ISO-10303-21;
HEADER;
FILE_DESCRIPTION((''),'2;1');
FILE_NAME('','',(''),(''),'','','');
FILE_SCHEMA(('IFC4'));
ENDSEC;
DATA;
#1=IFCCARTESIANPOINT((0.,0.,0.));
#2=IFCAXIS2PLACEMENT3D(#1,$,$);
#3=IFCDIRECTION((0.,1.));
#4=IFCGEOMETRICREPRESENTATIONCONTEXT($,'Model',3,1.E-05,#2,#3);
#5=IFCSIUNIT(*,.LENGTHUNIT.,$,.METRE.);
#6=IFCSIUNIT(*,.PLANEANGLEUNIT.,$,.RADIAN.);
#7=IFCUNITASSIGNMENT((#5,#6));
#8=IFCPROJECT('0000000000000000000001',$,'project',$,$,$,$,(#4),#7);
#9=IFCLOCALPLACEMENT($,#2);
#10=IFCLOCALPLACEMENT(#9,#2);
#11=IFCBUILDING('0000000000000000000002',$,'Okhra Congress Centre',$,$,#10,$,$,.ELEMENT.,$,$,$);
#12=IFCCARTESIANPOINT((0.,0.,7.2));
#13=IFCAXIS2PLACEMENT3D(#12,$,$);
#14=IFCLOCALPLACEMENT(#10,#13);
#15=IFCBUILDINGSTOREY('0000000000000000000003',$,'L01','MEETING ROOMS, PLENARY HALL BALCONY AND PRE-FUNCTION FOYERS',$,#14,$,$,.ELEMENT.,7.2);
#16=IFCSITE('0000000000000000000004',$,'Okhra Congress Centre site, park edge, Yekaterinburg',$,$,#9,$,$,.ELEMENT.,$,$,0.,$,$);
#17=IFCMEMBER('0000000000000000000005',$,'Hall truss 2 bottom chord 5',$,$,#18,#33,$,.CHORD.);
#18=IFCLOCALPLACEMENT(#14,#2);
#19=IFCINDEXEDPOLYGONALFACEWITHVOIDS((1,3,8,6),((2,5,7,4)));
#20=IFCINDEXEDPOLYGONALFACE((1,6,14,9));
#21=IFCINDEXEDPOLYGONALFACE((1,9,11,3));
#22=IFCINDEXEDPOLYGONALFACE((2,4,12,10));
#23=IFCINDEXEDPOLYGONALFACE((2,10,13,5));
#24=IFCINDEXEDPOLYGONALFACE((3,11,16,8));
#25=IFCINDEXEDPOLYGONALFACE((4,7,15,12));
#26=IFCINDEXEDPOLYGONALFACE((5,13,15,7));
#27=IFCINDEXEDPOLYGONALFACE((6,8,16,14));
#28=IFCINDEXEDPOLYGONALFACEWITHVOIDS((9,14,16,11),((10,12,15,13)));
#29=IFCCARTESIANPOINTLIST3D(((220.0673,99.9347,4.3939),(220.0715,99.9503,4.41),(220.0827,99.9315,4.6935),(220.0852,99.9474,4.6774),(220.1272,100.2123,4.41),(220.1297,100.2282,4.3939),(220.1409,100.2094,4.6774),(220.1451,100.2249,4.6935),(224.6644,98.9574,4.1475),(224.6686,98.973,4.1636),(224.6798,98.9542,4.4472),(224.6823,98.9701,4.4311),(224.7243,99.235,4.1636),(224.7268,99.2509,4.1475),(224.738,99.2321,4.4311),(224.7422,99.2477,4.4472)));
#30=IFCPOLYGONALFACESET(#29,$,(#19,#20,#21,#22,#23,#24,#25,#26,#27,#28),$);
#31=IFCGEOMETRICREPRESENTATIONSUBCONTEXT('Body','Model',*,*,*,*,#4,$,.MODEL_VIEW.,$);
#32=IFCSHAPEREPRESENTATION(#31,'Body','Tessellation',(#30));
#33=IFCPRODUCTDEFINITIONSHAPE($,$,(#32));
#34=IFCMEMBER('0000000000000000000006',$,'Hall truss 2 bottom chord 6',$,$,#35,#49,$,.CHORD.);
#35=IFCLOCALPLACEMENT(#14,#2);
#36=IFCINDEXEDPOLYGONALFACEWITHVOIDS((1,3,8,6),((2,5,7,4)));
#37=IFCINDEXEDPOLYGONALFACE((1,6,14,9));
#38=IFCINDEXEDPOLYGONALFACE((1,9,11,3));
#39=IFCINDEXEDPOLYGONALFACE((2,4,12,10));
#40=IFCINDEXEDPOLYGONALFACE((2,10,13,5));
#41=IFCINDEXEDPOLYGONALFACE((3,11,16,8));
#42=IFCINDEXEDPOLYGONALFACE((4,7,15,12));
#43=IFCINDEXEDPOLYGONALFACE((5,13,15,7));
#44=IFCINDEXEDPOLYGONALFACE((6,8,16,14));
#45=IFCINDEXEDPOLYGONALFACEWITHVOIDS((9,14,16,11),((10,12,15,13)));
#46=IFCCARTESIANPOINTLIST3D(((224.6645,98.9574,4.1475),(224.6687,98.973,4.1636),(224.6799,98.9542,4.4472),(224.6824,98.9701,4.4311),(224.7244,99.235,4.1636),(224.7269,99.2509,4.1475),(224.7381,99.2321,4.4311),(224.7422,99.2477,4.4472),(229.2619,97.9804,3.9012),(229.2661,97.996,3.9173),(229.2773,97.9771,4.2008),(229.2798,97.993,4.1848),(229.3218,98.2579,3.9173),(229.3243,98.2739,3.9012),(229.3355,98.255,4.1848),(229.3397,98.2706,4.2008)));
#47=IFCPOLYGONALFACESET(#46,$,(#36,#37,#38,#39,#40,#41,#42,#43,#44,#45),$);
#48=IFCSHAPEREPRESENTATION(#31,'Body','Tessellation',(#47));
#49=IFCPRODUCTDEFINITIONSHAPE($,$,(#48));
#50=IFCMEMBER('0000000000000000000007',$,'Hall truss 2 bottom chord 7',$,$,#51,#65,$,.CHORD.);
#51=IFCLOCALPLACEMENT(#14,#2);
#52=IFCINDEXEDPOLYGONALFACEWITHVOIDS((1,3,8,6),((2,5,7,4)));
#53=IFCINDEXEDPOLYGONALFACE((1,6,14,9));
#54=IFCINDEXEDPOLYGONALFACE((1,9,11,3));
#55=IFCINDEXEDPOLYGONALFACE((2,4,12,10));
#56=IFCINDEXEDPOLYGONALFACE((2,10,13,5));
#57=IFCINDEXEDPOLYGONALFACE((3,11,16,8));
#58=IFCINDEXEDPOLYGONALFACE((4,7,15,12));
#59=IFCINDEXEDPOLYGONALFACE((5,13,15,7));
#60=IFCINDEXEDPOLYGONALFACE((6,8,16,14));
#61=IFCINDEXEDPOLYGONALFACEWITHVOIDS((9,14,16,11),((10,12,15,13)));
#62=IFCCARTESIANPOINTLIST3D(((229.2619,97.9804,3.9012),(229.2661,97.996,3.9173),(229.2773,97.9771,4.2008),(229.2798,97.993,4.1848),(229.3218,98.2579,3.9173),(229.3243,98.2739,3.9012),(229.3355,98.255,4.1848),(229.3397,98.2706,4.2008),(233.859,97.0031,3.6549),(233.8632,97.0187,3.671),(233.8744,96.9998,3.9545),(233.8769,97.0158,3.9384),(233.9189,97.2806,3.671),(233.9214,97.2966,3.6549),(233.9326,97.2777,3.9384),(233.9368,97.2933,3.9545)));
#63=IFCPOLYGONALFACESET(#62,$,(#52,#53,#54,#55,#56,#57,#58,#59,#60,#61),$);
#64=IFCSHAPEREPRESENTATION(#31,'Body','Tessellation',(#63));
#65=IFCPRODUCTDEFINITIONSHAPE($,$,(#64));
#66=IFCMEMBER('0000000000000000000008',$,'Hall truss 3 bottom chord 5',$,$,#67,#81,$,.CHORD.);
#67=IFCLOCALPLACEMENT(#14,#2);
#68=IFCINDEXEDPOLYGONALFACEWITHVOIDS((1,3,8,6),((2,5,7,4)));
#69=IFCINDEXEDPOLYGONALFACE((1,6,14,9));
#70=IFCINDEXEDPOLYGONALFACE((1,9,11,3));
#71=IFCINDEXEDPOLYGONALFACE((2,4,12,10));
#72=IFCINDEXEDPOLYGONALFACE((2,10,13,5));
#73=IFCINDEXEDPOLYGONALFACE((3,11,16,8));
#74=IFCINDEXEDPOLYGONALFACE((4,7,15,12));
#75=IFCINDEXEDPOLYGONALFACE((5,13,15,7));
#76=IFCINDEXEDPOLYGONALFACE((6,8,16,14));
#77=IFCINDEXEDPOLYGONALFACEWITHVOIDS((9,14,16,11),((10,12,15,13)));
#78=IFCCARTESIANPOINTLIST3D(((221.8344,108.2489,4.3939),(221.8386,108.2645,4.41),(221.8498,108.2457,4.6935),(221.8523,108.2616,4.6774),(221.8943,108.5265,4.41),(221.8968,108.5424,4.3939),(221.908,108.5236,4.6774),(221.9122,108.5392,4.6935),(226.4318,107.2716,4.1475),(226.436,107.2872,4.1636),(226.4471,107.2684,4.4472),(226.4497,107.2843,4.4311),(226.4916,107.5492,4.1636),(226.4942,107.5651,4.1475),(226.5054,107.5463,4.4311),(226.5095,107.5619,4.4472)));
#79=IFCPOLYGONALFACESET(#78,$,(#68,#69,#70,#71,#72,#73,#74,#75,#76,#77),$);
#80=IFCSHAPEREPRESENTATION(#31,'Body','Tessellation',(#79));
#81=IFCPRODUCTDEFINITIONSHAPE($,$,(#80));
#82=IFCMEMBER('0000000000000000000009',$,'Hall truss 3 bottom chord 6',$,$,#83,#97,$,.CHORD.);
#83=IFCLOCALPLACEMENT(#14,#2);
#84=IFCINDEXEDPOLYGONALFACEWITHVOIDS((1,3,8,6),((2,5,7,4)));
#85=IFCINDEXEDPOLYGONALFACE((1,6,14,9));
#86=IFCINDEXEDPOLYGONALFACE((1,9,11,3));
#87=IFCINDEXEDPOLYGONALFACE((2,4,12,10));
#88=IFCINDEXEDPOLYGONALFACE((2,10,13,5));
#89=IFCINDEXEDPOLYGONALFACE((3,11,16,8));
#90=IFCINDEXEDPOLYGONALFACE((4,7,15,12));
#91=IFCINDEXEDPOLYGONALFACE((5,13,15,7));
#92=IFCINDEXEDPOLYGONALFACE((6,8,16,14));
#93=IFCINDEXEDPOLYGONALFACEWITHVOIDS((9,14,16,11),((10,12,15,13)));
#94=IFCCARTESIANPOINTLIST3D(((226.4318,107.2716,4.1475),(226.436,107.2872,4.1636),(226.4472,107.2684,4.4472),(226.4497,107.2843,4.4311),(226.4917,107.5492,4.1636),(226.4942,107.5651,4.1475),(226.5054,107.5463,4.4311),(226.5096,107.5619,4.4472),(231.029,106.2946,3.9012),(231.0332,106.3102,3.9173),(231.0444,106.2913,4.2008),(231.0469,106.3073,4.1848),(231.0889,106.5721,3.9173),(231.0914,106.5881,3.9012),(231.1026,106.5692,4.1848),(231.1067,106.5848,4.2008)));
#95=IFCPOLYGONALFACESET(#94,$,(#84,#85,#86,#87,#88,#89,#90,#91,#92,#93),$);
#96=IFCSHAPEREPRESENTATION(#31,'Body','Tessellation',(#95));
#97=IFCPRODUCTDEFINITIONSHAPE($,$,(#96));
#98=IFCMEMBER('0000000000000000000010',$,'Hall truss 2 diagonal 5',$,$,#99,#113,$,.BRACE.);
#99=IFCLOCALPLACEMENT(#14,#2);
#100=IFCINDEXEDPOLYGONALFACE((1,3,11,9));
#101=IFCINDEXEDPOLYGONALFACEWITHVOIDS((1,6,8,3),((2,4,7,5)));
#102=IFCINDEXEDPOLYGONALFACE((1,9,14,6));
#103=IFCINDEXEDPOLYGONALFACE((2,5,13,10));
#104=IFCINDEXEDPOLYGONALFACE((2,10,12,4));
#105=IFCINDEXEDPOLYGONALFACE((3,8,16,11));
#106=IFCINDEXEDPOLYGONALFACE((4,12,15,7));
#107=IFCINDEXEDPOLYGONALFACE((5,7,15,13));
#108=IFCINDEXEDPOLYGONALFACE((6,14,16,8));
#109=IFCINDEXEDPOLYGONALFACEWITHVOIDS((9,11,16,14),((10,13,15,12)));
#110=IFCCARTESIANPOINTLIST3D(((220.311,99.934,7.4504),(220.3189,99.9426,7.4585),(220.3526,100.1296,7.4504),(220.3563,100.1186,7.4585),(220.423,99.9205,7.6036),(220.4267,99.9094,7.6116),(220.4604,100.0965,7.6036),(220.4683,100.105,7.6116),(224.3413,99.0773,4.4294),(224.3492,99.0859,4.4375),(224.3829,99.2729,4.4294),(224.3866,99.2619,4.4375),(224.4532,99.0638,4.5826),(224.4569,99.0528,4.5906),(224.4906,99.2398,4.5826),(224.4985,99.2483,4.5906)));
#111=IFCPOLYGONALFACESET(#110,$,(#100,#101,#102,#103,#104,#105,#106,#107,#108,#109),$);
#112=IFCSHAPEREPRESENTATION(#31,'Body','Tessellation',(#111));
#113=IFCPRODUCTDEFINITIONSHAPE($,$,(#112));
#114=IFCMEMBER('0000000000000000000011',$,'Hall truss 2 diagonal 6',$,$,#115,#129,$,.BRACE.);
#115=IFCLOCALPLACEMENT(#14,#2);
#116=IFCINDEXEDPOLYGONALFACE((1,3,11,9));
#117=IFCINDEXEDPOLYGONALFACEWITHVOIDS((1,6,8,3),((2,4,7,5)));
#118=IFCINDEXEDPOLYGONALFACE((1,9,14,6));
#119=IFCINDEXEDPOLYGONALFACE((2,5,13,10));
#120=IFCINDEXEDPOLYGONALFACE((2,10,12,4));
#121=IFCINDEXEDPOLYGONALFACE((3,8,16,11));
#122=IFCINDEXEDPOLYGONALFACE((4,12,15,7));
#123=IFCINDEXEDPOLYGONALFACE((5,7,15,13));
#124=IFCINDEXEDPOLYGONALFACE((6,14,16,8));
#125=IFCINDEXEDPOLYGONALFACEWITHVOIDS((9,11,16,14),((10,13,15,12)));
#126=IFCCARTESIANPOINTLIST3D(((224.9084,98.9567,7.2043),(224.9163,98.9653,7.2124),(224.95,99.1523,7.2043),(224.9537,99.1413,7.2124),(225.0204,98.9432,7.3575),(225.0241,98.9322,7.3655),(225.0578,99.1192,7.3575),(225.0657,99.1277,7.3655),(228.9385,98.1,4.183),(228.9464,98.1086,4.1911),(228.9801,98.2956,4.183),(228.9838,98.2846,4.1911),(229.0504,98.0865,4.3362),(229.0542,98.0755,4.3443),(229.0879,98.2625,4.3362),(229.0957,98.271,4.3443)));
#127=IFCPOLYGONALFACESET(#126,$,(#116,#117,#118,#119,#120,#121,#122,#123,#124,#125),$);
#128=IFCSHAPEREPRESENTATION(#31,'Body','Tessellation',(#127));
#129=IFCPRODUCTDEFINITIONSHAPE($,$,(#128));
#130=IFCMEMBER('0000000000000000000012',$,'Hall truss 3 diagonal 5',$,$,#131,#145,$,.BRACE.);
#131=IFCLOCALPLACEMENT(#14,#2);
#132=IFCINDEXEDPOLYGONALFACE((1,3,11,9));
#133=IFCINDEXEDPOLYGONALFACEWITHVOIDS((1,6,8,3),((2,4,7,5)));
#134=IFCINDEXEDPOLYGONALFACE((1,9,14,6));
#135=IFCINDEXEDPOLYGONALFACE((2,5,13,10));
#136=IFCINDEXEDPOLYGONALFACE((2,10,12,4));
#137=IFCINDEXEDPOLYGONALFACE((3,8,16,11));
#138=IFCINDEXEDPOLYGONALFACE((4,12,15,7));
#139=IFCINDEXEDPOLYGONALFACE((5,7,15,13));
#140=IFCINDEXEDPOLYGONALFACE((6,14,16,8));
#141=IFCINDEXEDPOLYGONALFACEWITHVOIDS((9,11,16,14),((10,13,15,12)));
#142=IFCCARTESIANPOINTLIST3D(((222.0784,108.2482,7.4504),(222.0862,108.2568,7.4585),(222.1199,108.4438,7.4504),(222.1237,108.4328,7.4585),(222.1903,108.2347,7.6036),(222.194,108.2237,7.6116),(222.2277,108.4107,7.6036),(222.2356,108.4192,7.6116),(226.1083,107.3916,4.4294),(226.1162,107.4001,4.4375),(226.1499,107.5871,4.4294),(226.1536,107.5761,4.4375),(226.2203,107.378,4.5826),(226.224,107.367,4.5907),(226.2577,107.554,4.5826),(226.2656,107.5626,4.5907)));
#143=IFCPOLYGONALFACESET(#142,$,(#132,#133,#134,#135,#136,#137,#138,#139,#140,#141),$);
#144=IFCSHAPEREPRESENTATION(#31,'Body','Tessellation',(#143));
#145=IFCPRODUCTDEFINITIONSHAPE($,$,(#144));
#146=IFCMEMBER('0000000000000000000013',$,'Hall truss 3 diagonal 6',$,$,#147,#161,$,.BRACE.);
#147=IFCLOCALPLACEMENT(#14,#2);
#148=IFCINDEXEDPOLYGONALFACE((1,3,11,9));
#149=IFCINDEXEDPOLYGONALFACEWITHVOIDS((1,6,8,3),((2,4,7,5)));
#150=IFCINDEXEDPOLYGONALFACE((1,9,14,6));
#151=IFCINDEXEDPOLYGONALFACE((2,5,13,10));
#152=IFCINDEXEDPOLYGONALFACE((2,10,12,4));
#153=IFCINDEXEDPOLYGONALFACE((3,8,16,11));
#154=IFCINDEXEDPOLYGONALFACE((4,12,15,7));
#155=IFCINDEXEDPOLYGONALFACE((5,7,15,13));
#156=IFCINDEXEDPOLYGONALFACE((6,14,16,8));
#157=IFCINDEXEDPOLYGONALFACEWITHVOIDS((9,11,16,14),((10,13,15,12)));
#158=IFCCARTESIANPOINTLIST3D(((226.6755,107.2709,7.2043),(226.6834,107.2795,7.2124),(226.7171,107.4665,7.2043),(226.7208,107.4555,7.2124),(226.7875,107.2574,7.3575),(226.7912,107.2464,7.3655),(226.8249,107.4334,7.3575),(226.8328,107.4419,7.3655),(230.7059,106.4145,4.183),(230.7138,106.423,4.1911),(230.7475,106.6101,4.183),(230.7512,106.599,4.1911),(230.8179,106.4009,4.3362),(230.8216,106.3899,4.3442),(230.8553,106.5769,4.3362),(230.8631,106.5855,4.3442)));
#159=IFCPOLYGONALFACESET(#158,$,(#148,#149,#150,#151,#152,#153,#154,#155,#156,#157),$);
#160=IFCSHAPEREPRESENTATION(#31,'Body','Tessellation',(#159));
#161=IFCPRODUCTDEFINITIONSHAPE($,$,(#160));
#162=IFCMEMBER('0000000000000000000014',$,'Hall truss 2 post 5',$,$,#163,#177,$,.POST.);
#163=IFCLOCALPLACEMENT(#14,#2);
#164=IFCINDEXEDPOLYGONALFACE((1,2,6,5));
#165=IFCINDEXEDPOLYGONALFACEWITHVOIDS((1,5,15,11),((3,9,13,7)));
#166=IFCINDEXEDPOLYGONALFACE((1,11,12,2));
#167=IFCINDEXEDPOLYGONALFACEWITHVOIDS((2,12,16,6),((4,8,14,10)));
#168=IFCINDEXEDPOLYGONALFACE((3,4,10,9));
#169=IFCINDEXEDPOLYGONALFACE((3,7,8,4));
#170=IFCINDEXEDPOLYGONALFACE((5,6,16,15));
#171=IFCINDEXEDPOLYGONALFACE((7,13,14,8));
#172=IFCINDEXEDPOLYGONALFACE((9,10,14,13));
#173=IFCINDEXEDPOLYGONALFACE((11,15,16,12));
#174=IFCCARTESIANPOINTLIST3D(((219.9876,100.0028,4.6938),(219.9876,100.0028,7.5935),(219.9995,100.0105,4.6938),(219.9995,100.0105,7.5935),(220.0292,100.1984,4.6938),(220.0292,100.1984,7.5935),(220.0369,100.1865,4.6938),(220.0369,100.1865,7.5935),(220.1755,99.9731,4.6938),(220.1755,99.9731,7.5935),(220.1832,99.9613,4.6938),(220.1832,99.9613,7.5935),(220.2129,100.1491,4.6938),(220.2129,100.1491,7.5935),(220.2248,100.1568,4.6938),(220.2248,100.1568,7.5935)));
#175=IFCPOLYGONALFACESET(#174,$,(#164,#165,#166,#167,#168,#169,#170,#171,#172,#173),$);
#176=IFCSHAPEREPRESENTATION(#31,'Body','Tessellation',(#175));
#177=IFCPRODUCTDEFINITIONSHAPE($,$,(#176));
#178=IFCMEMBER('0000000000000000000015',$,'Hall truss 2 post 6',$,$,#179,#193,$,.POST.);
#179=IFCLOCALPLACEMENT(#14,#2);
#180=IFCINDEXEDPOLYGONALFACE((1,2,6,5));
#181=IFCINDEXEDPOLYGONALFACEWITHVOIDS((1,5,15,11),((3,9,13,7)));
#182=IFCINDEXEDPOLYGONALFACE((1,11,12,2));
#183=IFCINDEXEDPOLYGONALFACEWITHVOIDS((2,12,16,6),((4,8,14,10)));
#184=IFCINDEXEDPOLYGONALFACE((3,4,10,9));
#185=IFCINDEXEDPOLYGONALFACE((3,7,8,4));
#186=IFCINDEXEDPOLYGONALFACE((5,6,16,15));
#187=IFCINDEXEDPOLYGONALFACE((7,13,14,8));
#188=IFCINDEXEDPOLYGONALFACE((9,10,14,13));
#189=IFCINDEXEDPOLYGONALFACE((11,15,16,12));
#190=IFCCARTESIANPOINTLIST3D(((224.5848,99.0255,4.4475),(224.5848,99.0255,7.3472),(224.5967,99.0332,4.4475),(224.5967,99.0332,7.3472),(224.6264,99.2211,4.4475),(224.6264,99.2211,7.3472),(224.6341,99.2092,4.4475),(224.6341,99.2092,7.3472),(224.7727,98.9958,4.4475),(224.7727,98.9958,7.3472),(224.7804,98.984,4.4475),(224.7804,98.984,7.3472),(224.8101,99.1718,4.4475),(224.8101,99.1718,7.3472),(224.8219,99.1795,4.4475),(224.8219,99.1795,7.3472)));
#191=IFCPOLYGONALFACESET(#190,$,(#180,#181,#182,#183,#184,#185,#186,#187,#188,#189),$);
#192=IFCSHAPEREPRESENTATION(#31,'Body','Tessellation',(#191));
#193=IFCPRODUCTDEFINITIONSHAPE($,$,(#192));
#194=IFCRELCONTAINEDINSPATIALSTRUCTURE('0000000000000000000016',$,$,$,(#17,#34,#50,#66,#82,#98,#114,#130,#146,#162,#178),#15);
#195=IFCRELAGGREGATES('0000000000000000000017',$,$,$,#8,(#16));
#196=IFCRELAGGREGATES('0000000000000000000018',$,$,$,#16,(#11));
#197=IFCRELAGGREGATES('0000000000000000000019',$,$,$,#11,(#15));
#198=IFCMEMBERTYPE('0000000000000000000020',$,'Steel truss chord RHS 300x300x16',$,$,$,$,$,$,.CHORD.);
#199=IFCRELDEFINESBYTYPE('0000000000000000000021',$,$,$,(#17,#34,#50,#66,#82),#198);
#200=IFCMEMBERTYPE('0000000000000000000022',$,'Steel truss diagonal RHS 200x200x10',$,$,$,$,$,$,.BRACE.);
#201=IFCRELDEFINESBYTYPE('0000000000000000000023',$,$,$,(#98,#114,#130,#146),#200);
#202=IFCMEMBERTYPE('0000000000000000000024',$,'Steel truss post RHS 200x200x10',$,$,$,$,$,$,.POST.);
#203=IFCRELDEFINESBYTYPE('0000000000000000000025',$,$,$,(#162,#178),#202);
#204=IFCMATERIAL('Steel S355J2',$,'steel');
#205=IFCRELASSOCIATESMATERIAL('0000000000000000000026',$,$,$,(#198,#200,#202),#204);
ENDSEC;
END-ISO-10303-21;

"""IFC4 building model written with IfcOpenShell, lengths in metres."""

from ifc_helpers import new_model, si_unit, direction, frame, origin, origin_2d, place, context, subcontext, project, spatial, hollow_rectangle, extrude, material, material_profile, profile_set, type_object, element, save


model = new_model("IFC4")

# Units and contexts
model_context = context("Model", 3, precision=1e-05, world=origin(), true_north=direction((0.0, 1.0)))
body_context = subcontext(model_context, "Body", "Model", "MODEL_VIEW")
ifc_project = project(units=[si_unit("LENGTHUNIT", "METRE"), si_unit("PLANEANGLEUNIT", "RADIAN")], contexts=[model_context])

# Site, building, storey
site_placement = place(None, origin())
site = spatial("IfcSite", under=ifc_project, at=site_placement, Name="Okhra Congress Centre site, park edge, Yekaterinburg", CompositionType="ELEMENT", RefElevation=0.0)
building_placement = place(site_placement, origin())
building = spatial("IfcBuilding", under=site, at=building_placement, Name="Okhra Congress Centre", CompositionType="ELEMENT")
storey_placement = place(building_placement, frame((0.0, 0.0, 7.2)))
storey = spatial("IfcBuildingStorey", under=building, at=storey_placement, Name="L01", Description="MEETING ROOMS, PLENARY HALL BALCONY AND PRE-FUNCTION FOYERS", CompositionType="ELEMENT", Elevation=7.2)

# Members
ifc_material = material(Name="Steel S355J2", Category="steel")
ifc_material_profile_1 = material_profile(ifc_material, hollow_rectangle(XDim=0.3, YDim=0.3, WallThickness=0.0161, at=origin_2d()), Name="RHS 300x300x16")
ifc_profile_set_1 = profile_set([ifc_material_profile_1], Name="Steel S355J2")
member_type_1 = type_object("IfcMemberType", Name="Steel truss chord RHS 300x300x16", PredefinedType="CHORD", material=ifc_profile_set_1)
member_1_placement = place(storey_placement, frame((220.1062, 100.0798, 4.5437), z_axis=(0.976801, -0.207654, -0.052342), x_axis=(0.20794, 0.978142, 0.0)))
element("IfcMember", 1, at=member_1_placement, inside=storey, type_object=member_type_1, Name="Hall truss 2 bottom chord 5", PredefinedType="CHORD", context=body_context, shape_type="SweptSolid", body=[
    extrude(hollow_rectangle(XDim=0.3, YDim=0.3, WallThickness=0.0161, at=origin_2d()), origin(), (0.0, 0.0, 1.0), 4.7063),
])
member_2_placement = place(storey_placement, frame((224.7034, 99.1025, 4.2974), z_axis=(0.976814, -0.207594, -0.052339), x_axis=(0.207879, 0.978154, 0.0)))
element("IfcMember", 2, at=member_2_placement, inside=storey, type_object=member_type_1, Name="Hall truss 2 bottom chord 6", PredefinedType="CHORD", context=body_context, shape_type="SweptSolid", body=[
    extrude(hollow_rectangle(XDim=0.3, YDim=0.3, WallThickness=0.0161, at=origin_2d()), origin(), (0.0, 0.0, 1.0), 4.7065),
])
member_3_placement = place(storey_placement, frame((229.3008, 98.1255, 4.051), z_axis=(0.976801, -0.207654, -0.052342), x_axis=(0.20794, 0.978142, 0.0)))
element("IfcMember", 3, at=member_3_placement, inside=storey, type_object=member_type_1, Name="Hall truss 2 bottom chord 7", PredefinedType="CHORD", context=body_context, shape_type="SweptSolid", body=[
    extrude(hollow_rectangle(XDim=0.3, YDim=0.3, WallThickness=0.0161, at=origin_2d()), origin(), (0.0, 0.0, 1.0), 4.7063),
])
member_4_placement = place(storey_placement, frame((221.8733, 108.394, 4.5437), z_axis=(0.976803, -0.207644, -0.052339), x_axis=(0.207929, 0.978144, 0.0)))
element("IfcMember", 4, at=member_4_placement, inside=storey, type_object=member_type_1, Name="Hall truss 3 bottom chord 5", PredefinedType="CHORD", context=body_context, shape_type="SweptSolid", body=[
    extrude(hollow_rectangle(XDim=0.3, YDim=0.3, WallThickness=0.0161, at=origin_2d()), origin(), (0.0, 0.0, 1.0), 4.7065),
])
member_5_placement = place(storey_placement, frame((226.4707, 107.4167, 4.2974), z_axis=(0.976811, -0.207605, -0.052342), x_axis=(0.20789, 0.978152, 0.0)))
element("IfcMember", 5, at=member_5_placement, inside=storey, type_object=member_type_1, Name="Hall truss 3 bottom chord 6", PredefinedType="CHORD", context=body_context, shape_type="SweptSolid", body=[
    extrude(hollow_rectangle(XDim=0.3, YDim=0.3, WallThickness=0.0161, at=origin_2d()), origin(), (0.0, 0.0, 1.0), 4.7063),
])
ifc_material_profile_2 = material_profile(ifc_material, hollow_rectangle(XDim=0.2, YDim=0.2, WallThickness=0.01, at=origin_2d()), Name="RHS 200x200x10 diagonal")
ifc_profile_set_2 = profile_set([ifc_material_profile_2], Name="Steel S355J2")
member_type_2 = type_object("IfcMemberType", Name="Steel truss diagonal RHS 200x200x10", PredefinedType="BRACE", material=ifc_profile_set_2)
for number, where, z_axis, x_axis, name in (
    (6, (220.3896, 100.0195, 7.531), (0.788834, -0.167677, -0.591291), (0.207918, 0.978146, 0.0), "Hall truss 2 diagonal 5"),
    (7, (224.9871, 99.0422, 7.2849), (0.788794, -0.167679, -0.591344), (0.20793, 0.978144, 0.0), "Hall truss 2 diagonal 6"),
):
    element("IfcMember", number, at=place(storey_placement, frame(where, z_axis=z_axis, x_axis=x_axis)), inside=storey, type_object=member_type_2, Name=name, PredefinedType="BRACE", context=body_context, shape_type="SweptSolid", body=[
        extrude(hollow_rectangle(XDim=0.2, YDim=0.2, WallThickness=0.01, at=origin_2d()), origin(), (0.0, 0.0, 1.0), 5.1091),
    ])
member_6_placement = place(storey_placement, frame((222.157, 108.3337, 7.531), z_axis=(0.788816, -0.167684, -0.591313), x_axis=(0.20793, 0.978144, 0.0)))
element("IfcMember", 8, at=member_6_placement, inside=storey, type_object=member_type_2, Name="Hall truss 3 diagonal 5", PredefinedType="BRACE", context=body_context, shape_type="SweptSolid", body=[
    extrude(hollow_rectangle(XDim=0.2, YDim=0.2, WallThickness=0.01, at=origin_2d()), origin(), (0.0, 0.0, 1.0), 5.1089),
])
member_7_placement = place(storey_placement, frame((226.7542, 107.3564, 7.2849), z_axis=(0.788818, -0.167626, -0.591327), x_axis=(0.207862, 0.978158, 0.0)))
element("IfcMember", 9, at=member_7_placement, inside=storey, type_object=member_type_2, Name="Hall truss 3 diagonal 6", PredefinedType="BRACE", context=body_context, shape_type="SweptSolid", body=[
    extrude(hollow_rectangle(XDim=0.2, YDim=0.2, WallThickness=0.01, at=origin_2d()), origin(), (0.0, 0.0, 1.0), 5.1094),
])
ifc_material_profile_3 = material_profile(ifc_material, hollow_rectangle(XDim=0.2, YDim=0.2, WallThickness=0.01, at=origin_2d()), Name="RHS 200x200x10")
ifc_profile_set_3 = profile_set([ifc_material_profile_3], Name="Steel S355J2")
member_type_3 = type_object("IfcMemberType", Name="Steel truss post RHS 200x200x10", PredefinedType="POST", material=ifc_profile_set_3)
for number, where, z_axis, x_axis, name in (
    (10, (220.1062, 100.0798, 4.6938), (0.0, 0.0, 1.0), (0.978148, -0.207912, 0.0), "Hall truss 2 post 5"),
    (11, (224.7034, 99.1025, 4.4475), (0.0, 0.0, 1.0), (0.978148, -0.207912, 0.0), "Hall truss 2 post 6"),
):
    element("IfcMember", number, at=place(storey_placement, frame(where, z_axis=z_axis, x_axis=x_axis)), inside=storey, type_object=member_type_3, Name=name, PredefinedType="POST", context=body_context, shape_type="SweptSolid", body=[
        extrude(hollow_rectangle(XDim=0.2, YDim=0.2, WallThickness=0.01, at=origin_2d()), origin(), (0.0, 0.0, 1.0), 2.8997),
    ])

save(model, "model.ifc")
